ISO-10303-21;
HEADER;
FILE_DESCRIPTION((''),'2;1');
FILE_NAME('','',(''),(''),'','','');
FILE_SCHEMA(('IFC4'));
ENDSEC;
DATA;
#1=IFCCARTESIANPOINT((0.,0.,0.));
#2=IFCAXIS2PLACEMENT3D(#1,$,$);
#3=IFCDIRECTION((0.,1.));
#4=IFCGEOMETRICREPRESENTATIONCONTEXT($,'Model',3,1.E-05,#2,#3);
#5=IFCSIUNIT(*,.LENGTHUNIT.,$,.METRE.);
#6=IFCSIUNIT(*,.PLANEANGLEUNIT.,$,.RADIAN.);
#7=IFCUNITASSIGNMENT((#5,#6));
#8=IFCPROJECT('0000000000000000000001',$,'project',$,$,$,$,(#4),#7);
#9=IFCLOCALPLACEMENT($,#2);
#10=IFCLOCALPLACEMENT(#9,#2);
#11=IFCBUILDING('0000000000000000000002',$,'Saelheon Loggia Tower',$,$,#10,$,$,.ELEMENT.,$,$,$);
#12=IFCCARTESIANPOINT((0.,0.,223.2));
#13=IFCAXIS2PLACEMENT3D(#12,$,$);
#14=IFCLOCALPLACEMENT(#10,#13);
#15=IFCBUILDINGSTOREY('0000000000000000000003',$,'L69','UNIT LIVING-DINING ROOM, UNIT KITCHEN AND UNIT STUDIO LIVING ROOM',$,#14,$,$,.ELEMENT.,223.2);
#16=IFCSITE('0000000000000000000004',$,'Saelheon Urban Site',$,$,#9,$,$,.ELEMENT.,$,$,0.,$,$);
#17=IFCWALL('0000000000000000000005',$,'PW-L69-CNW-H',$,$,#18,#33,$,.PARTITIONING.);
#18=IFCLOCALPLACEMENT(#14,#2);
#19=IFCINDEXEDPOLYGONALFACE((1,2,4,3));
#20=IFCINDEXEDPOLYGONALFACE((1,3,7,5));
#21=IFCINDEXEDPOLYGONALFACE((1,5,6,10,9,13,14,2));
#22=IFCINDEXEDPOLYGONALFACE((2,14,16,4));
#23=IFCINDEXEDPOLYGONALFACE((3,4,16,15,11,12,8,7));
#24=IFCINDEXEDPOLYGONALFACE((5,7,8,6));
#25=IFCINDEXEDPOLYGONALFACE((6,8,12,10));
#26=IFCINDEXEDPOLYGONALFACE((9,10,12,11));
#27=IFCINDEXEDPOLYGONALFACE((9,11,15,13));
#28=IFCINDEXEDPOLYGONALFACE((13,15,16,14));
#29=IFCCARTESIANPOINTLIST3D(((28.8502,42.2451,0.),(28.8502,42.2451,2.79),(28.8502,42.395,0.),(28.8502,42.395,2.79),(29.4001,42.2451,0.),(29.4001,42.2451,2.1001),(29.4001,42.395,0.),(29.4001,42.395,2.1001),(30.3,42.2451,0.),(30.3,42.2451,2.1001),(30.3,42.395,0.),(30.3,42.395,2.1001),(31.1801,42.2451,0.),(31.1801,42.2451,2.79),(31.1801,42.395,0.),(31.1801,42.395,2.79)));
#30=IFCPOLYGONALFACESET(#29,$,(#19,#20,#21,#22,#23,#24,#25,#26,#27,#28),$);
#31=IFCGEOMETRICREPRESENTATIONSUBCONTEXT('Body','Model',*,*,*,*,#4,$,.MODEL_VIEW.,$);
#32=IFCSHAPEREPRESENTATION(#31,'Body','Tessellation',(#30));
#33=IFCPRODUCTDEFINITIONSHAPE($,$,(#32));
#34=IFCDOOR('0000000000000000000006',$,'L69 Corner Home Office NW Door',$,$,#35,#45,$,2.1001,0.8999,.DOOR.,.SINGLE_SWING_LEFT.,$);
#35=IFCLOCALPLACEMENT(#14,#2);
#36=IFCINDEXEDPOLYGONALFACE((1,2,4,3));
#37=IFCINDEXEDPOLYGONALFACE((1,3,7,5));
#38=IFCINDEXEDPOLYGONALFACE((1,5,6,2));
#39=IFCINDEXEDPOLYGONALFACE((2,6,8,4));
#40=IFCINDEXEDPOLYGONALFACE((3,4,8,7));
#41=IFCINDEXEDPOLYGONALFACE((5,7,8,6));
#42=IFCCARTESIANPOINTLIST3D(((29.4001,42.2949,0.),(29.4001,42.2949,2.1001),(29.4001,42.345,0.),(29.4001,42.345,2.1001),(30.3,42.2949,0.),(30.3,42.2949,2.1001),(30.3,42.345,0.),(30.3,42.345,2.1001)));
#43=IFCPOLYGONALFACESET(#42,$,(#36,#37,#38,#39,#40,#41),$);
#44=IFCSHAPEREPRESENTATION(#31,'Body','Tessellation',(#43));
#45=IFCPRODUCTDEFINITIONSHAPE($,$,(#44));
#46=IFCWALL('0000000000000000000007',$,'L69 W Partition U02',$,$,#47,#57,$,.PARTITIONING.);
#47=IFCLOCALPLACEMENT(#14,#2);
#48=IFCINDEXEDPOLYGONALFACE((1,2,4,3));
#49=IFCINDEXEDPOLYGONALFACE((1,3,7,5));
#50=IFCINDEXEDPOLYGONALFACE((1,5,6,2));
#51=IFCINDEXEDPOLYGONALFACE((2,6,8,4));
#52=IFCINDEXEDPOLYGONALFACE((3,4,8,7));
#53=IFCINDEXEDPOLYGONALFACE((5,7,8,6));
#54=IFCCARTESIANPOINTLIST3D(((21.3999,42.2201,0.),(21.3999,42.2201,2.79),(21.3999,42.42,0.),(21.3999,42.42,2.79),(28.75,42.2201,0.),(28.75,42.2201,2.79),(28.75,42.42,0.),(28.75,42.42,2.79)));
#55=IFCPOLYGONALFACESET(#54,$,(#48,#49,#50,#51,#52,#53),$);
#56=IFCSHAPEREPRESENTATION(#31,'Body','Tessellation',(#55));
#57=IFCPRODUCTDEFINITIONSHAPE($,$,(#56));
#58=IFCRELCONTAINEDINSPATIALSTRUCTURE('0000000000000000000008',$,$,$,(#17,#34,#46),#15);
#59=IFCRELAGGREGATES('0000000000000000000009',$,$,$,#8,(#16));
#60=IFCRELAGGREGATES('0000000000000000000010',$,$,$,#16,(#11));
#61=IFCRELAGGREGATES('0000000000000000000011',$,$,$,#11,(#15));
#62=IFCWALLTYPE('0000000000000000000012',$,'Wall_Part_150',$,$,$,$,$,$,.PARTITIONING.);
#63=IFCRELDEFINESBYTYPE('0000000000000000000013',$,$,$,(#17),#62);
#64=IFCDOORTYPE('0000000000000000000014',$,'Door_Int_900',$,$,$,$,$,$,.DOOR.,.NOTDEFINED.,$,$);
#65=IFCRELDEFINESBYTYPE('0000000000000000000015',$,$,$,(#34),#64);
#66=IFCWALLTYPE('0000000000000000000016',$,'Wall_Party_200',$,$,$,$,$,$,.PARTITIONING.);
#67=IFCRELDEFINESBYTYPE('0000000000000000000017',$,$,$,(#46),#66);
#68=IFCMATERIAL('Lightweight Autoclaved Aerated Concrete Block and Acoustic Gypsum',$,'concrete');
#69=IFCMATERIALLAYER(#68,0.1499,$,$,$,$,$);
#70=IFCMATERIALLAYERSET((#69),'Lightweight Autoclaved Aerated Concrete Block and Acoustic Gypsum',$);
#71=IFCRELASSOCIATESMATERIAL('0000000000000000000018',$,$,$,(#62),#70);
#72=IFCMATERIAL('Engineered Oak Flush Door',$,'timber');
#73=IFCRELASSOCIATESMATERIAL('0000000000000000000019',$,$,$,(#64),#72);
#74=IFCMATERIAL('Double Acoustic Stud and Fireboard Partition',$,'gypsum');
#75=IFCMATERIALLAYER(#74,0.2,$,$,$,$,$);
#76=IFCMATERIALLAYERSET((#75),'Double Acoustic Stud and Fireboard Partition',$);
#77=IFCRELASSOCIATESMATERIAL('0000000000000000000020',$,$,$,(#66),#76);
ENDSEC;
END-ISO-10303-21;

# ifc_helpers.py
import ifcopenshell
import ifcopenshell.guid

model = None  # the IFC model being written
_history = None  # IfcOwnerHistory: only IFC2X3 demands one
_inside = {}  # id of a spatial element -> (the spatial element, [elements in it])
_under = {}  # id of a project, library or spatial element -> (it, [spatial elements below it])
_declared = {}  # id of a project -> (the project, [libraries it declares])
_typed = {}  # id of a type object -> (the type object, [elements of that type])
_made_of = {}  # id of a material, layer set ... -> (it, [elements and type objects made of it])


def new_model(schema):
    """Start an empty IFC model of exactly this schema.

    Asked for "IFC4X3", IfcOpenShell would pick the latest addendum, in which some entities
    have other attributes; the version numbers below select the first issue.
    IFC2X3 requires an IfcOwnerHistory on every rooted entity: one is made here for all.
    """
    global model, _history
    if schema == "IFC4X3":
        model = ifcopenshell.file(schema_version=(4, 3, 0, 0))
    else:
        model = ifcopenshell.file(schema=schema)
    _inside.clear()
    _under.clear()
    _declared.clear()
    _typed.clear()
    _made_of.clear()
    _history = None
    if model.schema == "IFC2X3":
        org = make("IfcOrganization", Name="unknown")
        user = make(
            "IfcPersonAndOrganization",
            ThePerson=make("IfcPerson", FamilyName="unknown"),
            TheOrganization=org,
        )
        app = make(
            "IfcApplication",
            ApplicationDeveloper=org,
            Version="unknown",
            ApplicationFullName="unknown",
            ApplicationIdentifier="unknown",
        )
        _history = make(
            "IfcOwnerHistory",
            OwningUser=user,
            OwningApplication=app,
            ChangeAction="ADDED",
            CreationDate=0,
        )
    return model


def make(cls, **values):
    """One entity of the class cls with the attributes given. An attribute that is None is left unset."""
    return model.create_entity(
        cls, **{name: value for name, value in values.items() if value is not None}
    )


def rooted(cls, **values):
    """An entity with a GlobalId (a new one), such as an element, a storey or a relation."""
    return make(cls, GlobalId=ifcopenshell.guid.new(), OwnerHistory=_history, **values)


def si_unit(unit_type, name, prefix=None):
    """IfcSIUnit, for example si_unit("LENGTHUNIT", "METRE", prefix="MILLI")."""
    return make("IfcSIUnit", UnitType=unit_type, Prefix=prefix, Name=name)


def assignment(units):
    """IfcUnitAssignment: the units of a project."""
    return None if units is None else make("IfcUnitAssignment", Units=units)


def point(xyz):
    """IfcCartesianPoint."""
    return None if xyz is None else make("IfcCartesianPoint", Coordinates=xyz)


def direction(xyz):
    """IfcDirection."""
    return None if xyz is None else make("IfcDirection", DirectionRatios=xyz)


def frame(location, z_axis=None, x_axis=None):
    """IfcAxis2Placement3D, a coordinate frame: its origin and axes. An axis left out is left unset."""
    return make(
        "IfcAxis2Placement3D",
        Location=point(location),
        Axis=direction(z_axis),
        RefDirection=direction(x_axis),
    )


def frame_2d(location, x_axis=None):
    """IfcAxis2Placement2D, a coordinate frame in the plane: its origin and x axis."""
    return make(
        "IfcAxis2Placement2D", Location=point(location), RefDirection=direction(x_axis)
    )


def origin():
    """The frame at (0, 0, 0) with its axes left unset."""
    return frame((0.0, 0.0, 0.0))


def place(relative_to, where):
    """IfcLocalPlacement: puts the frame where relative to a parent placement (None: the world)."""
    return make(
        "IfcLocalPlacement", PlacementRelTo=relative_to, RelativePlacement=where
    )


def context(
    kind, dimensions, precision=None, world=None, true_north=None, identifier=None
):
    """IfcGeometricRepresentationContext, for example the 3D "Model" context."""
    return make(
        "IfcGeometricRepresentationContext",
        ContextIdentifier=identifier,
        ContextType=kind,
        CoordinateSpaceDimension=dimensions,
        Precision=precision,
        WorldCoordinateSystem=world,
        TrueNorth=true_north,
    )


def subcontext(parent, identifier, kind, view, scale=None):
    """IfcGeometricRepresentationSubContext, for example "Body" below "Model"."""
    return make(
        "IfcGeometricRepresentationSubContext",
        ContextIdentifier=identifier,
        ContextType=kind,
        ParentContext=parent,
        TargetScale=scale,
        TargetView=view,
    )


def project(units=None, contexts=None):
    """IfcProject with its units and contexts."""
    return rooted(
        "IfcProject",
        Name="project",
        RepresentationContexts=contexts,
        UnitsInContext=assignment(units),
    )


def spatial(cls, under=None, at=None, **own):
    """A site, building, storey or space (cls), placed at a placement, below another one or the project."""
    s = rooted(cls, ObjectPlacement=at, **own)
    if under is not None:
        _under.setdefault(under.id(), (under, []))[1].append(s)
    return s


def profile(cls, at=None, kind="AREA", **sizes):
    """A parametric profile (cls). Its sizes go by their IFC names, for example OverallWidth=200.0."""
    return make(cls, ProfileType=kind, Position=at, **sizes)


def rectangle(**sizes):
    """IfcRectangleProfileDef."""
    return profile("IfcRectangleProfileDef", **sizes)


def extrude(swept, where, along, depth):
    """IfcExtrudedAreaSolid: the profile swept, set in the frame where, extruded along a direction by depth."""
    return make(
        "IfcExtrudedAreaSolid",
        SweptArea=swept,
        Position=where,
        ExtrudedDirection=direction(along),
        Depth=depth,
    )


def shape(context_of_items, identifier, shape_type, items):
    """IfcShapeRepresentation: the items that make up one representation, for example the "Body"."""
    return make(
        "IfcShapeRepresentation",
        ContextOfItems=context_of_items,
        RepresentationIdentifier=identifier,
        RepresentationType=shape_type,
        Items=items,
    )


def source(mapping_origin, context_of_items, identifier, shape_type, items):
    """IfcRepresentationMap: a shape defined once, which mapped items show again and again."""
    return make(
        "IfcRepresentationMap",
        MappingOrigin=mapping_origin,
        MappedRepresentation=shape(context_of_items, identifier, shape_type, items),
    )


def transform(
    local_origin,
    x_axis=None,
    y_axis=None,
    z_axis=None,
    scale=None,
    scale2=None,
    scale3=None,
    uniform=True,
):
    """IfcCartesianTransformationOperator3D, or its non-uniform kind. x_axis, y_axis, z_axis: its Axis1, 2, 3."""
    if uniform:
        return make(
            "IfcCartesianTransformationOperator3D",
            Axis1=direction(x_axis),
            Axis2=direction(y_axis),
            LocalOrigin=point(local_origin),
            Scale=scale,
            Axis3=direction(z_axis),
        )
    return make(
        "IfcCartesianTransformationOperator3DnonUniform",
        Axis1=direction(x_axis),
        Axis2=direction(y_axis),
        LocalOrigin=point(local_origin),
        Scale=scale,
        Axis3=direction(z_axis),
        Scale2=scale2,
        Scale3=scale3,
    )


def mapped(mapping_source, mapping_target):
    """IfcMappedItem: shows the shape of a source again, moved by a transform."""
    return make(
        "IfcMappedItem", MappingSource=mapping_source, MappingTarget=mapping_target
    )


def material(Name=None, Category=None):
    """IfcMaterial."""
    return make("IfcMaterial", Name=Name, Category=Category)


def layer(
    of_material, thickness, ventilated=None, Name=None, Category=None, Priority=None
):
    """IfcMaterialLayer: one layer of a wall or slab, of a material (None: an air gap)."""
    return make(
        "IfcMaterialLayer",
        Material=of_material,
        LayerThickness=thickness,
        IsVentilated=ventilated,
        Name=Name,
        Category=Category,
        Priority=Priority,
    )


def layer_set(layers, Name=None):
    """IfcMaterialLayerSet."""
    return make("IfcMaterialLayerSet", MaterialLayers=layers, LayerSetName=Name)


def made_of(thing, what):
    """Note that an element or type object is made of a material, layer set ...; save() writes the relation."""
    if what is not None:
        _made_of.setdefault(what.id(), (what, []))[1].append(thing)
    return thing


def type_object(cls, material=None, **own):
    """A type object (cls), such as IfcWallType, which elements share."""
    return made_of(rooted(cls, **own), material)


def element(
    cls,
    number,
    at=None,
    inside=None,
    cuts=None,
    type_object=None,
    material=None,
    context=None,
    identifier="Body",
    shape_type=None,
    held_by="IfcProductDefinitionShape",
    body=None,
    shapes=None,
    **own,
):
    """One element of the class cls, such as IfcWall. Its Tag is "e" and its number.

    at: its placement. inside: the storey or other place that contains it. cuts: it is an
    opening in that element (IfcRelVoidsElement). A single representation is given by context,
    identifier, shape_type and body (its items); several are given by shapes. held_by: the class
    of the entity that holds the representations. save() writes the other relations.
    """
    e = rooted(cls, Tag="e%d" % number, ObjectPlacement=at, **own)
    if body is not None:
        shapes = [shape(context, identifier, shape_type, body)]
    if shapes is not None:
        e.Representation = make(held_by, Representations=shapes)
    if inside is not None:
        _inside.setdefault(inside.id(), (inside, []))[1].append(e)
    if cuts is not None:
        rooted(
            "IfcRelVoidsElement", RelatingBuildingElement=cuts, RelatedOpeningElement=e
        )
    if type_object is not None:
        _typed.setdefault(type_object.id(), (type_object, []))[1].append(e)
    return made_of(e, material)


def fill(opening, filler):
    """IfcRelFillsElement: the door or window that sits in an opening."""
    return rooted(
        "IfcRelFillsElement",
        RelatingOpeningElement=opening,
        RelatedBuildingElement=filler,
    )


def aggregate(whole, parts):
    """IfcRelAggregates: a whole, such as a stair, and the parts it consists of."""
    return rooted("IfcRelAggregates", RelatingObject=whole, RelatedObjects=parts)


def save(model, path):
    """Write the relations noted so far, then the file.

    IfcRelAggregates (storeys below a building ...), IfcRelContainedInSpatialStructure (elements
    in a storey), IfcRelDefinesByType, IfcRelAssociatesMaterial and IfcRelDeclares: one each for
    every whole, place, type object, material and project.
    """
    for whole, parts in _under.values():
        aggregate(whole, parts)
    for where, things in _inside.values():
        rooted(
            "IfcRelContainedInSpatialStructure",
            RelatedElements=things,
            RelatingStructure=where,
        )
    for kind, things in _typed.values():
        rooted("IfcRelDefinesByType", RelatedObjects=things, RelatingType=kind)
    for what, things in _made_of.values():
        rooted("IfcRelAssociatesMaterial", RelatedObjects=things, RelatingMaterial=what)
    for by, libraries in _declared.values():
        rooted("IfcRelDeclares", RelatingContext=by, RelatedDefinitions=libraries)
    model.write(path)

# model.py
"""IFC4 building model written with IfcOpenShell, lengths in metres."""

from ifc_helpers import new_model, si_unit, direction, frame, frame_2d, origin, place, context, subcontext, project, spatial, rectangle, extrude, source, transform, mapped, material, layer, layer_set, type_object, element, fill, save


model = new_model("IFC4")

# Units and contexts
model_context = context("Model", 3, precision=1e-05, world=origin(), true_north=direction((0.0, 1.0)))
body_context = subcontext(model_context, "Body", "Model", "MODEL_VIEW")
ifc_project = project(units=[si_unit("LENGTHUNIT", "METRE"), si_unit("PLANEANGLEUNIT", "RADIAN")], contexts=[model_context])

# Site, building, storey
site_placement = place(None, origin())
site = spatial("IfcSite", under=ifc_project, at=site_placement, Name="Saelheon Urban Site", CompositionType="ELEMENT", RefElevation=0.0)
building_placement = place(site_placement, origin())
building = spatial("IfcBuilding", under=site, at=building_placement, Name="Saelheon Loggia Tower", CompositionType="ELEMENT")
storey_placement = place(building_placement, frame((0.0, 0.0, 223.2)))
storey = spatial("IfcBuildingStorey", under=building, at=storey_placement, Name="L69", Description="UNIT LIVING-DINING ROOM, UNIT KITCHEN AND UNIT STUDIO LIVING ROOM", CompositionType="ELEMENT", Elevation=223.2)

# Wall, opening, door
ifc_material_1 = material(Name="Lightweight Autoclaved Aerated Concrete Block and Acoustic Gypsum", Category="concrete")
ifc_layer_1 = layer(ifc_material_1, 0.1499)
ifc_layer_set_1 = layer_set([ifc_layer_1], Name="Lightweight Autoclaved Aerated Concrete Block and Acoustic Gypsum")
wall_type_1 = type_object("IfcWallType", Name="Wall_Part_150", PredefinedType="PARTITIONING", material=ifc_layer_set_1)
wall_1_placement = place(storey_placement, frame((28.8501, 42.3201, 0.0), z_axis=(0.0, 0.0, 1.0), x_axis=(1.0, 0.0, 0.0)))
wall_1 = element("IfcWall", 1, at=wall_1_placement, inside=storey, type_object=wall_type_1, Name="PW-L69-CNW-H", PredefinedType="PARTITIONING", context=body_context, shape_type="SweptSolid", body=[
    extrude(rectangle(XDim=2.3298, YDim=0.1499, at=frame_2d((1.165, 0.0))), origin(), (0.0, 0.0, 1.0), 2.79),
])
opening_1_placement = place(wall_1_placement, frame((0.55, 0.0, 0.0)))
opening_1 = element("IfcOpeningElement", 2, at=opening_1_placement, cuts=wall_1, PredefinedType="OPENING", context=body_context, shape_type="SweptSolid", body=[
    extrude(rectangle(XDim=0.8999, YDim=2.1001, at=frame_2d((0.45, 1.05))), frame((0.0, 0.0869, 0.0), z_axis=(0.0, -1.0, 0.0), x_axis=(1.0, 0.0, 0.0)), (0.0, 0.0, 1.0), 0.1738),
])
ifc_material_2 = material(Name="Engineered Oak Flush Door", Category="timber")
door_type_1 = type_object("IfcDoorType", Name="Door_Int_900", OperationType="NOTDEFINED", PredefinedType="DOOR", material=ifc_material_2)
shared_shape_1 = source(origin(), body_context, "Body", "SweptSolid", [
    extrude(rectangle(XDim=0.8999, YDim=2.1001, at=frame_2d((0.45, 1.05))), frame((0.0, 0.0249, 0.0), z_axis=(0.0, -1.0, 0.0), x_axis=(1.0, 0.0, 0.0)), (0.0, 0.0, 1.0), 0.05),
])
door_1_placement = place(opening_1_placement, origin())
door_1 = element("IfcDoor", 3, at=door_1_placement, inside=storey, type_object=door_type_1, Name="L69 Corner Home Office NW Door", OperationType="SINGLE_SWING_LEFT", OverallHeight=2.1001, OverallWidth=0.8999, PredefinedType="DOOR", context=body_context, shape_type="MappedRepresentation", body=[
    mapped(shared_shape_1, transform((0.0, 0.0, 0.0), scale=1.0)),
])
fill(opening_1, door_1)

# Wall
ifc_material_3 = material(Name="Double Acoustic Stud and Fireboard Partition", Category="gypsum")
ifc_layer_2 = layer(ifc_material_3, 0.2)
ifc_layer_set_2 = layer_set([ifc_layer_2], Name="Double Acoustic Stud and Fireboard Partition")
wall_type_2 = type_object("IfcWallType", Name="Wall_Party_200", PredefinedType="PARTITIONING", material=ifc_layer_set_2)
wall_2_placement = place(storey_placement, frame((28.75, 42.3201, 0.0), z_axis=(0.0, 0.0, 1.0), x_axis=(-1.0, 0.0, 0.0)))
element("IfcWall", 4, at=wall_2_placement, inside=storey, type_object=wall_type_2, Name="L69 W Partition U02", PredefinedType="PARTITIONING", context=body_context, shape_type="SweptSolid", body=[
    extrude(rectangle(XDim=7.3501, YDim=0.2, at=frame_2d((3.675, 0.0))), origin(), (0.0, 0.0, 1.0), 2.79),
])

save(model, "model.ifc")
